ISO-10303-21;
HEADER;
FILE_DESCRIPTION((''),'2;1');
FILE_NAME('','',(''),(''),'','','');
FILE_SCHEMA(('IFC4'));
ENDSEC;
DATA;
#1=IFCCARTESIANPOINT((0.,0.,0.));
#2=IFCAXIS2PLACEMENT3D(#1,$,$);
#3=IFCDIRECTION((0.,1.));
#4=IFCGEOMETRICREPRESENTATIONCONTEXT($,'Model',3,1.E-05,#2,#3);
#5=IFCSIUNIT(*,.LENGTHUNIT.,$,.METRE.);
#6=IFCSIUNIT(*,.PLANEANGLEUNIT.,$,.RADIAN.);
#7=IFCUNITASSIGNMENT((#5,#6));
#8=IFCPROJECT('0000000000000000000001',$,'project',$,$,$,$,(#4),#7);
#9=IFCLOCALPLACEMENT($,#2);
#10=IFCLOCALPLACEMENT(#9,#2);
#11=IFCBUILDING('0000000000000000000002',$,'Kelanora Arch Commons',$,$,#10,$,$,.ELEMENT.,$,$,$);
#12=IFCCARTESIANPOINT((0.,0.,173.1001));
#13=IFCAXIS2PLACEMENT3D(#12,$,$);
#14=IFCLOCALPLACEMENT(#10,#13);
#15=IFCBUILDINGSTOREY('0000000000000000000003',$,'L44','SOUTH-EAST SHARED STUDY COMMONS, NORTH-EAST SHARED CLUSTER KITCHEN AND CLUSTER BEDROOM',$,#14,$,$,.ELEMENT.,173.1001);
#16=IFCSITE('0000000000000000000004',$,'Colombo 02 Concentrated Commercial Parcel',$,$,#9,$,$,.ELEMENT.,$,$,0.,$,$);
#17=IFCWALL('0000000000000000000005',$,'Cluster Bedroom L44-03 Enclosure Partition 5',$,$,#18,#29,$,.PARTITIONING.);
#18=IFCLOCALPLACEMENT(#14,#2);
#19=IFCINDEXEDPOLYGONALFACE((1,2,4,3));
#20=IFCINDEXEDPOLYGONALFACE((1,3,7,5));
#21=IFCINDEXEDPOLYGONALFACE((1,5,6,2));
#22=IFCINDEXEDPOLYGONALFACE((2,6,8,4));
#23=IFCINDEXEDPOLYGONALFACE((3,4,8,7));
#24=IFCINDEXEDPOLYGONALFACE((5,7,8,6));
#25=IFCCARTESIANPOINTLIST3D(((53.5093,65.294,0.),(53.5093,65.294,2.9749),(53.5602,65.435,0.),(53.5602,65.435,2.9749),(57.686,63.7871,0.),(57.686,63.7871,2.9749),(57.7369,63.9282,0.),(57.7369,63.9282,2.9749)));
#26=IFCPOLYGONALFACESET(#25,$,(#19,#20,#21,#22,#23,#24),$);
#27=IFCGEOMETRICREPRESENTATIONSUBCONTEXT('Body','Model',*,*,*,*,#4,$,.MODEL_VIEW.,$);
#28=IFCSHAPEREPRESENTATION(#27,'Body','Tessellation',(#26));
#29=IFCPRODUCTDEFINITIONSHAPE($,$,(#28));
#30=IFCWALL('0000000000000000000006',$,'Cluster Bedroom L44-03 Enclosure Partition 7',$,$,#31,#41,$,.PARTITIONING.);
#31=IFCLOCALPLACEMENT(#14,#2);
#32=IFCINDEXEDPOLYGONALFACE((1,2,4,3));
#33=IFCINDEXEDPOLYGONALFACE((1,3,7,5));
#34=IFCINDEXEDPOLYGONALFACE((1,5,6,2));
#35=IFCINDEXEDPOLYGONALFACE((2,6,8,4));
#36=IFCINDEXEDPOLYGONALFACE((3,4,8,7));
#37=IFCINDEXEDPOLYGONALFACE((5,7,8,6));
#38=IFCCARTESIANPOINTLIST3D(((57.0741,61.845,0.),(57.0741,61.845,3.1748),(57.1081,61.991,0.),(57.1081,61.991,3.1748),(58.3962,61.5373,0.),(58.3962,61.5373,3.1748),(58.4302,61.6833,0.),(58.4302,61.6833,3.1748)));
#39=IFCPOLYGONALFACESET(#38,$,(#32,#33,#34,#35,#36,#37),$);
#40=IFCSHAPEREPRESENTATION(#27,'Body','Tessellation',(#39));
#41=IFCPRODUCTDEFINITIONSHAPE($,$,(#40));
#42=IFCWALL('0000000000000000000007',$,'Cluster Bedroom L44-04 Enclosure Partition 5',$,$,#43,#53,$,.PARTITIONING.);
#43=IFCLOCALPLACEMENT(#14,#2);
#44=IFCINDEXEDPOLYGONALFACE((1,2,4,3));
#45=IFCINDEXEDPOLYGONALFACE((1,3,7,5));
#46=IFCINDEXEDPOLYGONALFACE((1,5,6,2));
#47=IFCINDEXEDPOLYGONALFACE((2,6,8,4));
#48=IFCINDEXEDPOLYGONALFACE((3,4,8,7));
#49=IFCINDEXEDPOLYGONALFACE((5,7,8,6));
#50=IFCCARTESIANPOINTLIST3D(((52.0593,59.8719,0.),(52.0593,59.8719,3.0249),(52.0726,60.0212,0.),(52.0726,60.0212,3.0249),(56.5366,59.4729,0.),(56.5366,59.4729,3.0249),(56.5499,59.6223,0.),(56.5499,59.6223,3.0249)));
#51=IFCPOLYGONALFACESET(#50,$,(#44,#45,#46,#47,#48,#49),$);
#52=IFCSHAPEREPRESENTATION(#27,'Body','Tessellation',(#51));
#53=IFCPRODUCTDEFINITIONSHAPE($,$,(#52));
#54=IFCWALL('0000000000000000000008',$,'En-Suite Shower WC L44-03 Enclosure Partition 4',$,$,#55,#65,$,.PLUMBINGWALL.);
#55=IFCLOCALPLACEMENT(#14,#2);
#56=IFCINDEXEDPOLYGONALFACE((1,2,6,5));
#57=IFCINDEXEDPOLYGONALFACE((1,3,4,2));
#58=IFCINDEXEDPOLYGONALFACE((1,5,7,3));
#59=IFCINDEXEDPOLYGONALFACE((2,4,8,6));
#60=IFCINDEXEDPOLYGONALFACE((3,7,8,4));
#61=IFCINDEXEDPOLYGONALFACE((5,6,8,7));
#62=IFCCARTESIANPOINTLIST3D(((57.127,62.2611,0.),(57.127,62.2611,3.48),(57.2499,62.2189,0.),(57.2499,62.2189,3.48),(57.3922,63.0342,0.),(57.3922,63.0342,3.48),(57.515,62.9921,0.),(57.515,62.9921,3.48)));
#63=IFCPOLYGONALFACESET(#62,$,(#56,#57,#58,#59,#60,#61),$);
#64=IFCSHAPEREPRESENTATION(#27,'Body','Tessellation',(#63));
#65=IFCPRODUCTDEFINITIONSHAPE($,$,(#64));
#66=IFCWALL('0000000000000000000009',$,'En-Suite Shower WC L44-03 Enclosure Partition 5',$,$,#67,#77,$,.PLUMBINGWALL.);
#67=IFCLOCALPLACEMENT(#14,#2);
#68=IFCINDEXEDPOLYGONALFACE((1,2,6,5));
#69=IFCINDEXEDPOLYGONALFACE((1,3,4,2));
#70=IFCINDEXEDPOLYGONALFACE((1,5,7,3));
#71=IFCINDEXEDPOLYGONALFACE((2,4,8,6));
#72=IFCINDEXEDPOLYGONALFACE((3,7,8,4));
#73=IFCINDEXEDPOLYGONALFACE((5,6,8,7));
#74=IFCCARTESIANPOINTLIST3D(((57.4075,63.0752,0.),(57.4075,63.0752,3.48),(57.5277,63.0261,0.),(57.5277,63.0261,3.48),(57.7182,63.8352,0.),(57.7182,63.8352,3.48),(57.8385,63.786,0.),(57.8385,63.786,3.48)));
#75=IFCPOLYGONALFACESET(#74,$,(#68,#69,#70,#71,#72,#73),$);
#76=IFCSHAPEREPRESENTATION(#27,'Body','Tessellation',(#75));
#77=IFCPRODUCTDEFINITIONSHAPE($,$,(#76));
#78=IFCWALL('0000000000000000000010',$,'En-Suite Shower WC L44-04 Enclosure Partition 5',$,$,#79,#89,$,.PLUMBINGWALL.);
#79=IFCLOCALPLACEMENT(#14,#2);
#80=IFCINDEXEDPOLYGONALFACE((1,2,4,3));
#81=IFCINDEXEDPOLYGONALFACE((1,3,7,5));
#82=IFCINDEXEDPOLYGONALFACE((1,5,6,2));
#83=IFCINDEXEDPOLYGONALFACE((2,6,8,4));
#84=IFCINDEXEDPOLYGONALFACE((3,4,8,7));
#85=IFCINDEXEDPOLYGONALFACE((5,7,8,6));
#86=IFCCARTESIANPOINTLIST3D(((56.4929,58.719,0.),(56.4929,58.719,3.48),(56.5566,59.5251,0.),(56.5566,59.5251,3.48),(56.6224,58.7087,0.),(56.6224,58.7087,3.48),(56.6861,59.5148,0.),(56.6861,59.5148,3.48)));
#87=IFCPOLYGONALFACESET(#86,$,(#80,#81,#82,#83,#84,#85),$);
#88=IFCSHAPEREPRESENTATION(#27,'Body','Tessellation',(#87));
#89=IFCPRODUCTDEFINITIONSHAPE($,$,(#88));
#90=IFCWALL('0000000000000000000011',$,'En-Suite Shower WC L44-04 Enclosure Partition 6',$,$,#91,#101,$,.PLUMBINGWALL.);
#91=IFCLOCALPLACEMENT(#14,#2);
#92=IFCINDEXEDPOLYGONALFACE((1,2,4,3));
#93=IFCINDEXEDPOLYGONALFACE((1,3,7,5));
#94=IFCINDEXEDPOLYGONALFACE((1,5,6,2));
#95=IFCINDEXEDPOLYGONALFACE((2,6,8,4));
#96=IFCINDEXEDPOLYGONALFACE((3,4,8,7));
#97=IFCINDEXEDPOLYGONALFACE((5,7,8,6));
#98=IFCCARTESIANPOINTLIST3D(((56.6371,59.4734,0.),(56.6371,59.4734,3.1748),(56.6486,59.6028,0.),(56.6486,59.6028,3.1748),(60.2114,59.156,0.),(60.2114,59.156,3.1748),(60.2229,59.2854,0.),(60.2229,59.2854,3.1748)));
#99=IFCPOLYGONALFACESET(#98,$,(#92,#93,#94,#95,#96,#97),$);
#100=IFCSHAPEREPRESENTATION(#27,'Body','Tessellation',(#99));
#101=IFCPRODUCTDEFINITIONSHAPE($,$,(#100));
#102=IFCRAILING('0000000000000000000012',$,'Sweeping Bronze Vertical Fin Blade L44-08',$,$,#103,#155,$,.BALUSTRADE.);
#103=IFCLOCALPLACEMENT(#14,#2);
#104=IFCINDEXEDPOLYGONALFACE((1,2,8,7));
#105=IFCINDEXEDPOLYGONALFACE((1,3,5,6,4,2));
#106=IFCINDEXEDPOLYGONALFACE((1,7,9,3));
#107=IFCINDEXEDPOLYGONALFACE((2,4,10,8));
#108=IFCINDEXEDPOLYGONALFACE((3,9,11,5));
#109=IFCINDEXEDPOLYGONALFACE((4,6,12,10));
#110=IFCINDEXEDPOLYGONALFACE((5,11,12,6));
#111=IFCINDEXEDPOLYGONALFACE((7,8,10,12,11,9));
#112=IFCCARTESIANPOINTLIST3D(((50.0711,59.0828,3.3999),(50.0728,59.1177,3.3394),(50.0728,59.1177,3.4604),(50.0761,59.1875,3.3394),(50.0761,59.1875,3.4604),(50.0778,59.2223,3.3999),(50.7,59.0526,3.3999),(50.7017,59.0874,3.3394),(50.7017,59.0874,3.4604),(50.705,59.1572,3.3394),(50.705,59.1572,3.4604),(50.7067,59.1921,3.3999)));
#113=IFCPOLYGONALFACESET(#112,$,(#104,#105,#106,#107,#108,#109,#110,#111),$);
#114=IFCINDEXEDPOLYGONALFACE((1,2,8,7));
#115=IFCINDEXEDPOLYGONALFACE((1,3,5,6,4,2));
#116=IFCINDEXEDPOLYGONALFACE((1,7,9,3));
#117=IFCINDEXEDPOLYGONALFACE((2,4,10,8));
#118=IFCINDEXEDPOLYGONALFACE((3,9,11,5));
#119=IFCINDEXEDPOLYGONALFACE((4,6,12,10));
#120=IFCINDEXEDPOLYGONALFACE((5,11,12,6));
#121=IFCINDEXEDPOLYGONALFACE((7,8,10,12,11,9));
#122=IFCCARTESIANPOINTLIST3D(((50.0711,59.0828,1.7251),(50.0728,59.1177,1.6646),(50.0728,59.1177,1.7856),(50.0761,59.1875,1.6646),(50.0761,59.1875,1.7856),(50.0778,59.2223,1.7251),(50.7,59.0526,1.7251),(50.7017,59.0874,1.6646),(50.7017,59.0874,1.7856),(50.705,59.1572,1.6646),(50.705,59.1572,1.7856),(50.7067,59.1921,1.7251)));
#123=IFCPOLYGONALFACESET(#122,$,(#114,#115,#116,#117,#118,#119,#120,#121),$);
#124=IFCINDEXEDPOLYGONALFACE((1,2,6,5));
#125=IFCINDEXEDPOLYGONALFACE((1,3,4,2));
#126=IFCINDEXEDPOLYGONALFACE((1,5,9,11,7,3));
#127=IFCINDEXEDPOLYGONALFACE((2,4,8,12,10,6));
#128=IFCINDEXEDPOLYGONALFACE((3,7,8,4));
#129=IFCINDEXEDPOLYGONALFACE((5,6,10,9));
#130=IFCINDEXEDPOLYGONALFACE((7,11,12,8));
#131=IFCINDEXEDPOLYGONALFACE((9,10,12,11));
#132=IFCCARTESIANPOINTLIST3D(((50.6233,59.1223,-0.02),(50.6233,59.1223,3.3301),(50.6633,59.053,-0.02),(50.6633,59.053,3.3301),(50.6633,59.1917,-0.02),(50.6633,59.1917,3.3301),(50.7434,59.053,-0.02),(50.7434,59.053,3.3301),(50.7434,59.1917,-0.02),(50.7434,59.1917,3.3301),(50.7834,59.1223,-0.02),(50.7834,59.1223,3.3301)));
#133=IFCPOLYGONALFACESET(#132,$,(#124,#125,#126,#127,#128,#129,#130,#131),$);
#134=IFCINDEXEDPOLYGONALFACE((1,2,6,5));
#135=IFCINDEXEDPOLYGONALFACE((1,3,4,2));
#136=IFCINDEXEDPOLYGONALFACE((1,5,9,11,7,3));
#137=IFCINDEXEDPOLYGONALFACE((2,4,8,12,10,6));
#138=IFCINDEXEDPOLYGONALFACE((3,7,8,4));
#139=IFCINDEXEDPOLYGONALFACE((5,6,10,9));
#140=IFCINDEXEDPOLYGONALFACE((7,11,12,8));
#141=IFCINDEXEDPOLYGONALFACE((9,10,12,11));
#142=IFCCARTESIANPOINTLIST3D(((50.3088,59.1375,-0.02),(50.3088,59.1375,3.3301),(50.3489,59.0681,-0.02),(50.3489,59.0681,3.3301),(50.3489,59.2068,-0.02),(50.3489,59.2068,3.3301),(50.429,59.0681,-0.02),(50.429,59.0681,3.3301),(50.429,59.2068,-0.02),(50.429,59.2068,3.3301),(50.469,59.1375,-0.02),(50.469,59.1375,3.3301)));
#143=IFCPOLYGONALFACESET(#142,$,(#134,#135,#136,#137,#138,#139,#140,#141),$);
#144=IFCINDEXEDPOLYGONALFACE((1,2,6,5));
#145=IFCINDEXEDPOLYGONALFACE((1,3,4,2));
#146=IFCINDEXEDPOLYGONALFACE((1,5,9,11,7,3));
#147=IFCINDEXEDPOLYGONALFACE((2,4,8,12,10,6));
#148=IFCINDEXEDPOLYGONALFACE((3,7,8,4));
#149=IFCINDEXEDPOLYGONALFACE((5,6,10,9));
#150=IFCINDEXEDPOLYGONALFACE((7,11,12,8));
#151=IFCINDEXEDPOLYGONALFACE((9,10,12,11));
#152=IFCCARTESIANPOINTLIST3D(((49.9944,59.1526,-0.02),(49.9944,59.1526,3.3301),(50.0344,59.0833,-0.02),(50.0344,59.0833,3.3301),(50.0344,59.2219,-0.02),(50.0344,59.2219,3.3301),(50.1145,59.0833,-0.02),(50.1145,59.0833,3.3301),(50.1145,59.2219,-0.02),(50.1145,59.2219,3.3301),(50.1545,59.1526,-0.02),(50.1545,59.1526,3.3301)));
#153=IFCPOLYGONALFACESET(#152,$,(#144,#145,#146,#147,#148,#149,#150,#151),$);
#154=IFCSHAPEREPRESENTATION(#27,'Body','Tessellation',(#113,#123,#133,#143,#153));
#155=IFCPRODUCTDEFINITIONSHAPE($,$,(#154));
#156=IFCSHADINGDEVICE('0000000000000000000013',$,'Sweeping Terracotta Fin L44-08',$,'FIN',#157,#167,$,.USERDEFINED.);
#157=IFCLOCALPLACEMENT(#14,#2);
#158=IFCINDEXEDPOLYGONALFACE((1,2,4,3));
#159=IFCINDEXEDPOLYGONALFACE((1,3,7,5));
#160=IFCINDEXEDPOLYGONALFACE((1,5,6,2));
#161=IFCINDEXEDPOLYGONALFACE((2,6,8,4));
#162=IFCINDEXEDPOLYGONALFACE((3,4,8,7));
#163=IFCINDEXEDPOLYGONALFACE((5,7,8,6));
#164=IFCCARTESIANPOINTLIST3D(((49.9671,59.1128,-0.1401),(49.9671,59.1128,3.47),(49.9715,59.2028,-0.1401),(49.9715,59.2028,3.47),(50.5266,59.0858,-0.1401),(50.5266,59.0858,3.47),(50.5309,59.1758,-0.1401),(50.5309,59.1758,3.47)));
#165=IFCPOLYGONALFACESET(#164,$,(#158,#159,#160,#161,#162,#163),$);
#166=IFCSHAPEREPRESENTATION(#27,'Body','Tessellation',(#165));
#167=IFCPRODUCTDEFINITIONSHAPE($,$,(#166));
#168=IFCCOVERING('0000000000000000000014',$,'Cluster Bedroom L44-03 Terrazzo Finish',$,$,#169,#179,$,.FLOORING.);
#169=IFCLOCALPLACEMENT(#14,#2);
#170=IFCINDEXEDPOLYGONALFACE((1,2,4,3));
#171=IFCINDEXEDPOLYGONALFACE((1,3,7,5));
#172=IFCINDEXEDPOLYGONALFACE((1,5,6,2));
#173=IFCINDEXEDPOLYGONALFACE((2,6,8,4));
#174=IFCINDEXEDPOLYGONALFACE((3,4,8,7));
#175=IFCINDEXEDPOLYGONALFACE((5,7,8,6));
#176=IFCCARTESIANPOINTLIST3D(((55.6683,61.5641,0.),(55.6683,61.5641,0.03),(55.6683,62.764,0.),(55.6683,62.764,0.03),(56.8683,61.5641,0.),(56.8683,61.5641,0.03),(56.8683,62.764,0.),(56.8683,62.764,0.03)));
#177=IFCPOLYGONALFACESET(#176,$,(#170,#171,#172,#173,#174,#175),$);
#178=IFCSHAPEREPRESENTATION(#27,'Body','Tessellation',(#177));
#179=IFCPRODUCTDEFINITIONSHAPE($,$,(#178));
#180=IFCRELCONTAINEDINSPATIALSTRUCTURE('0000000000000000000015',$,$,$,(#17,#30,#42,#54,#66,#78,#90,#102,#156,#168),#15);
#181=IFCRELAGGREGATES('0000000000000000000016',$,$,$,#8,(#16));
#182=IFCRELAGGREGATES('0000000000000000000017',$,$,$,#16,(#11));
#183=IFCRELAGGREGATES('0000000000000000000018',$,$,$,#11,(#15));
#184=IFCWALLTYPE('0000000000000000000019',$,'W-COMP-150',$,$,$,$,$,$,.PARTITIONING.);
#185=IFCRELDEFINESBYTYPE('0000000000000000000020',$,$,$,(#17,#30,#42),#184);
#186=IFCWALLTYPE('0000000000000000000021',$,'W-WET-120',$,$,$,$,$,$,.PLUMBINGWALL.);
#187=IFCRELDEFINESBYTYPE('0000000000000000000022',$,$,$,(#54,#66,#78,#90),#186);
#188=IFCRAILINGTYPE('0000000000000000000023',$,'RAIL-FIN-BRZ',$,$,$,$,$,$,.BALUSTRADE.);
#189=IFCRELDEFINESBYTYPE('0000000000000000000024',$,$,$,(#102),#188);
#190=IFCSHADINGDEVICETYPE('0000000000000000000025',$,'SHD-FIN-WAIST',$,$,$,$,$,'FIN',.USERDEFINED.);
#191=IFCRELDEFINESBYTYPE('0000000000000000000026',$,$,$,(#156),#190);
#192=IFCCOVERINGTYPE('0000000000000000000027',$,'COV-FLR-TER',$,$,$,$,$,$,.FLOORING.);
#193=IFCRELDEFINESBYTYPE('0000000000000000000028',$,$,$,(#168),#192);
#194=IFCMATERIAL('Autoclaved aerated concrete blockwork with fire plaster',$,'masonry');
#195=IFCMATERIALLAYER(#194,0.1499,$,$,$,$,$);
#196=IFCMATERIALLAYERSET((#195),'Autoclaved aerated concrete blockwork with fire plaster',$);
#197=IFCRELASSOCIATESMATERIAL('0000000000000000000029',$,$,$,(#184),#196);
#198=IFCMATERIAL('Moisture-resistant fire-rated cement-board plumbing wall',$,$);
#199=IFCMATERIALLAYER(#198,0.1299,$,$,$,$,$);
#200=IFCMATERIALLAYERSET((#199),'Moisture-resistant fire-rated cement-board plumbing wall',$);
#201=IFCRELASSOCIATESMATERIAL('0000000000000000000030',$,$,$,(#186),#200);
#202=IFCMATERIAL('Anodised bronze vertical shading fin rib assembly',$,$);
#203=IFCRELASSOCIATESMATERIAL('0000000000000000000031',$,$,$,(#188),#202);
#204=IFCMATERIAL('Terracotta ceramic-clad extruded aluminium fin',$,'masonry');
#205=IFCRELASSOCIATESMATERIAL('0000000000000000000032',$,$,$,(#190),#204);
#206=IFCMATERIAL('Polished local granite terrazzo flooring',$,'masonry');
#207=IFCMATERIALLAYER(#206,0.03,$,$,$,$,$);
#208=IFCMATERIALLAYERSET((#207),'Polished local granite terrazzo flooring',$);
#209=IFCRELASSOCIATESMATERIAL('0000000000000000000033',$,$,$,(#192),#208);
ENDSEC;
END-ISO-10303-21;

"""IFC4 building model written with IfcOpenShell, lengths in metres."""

from ifc_helpers import new_model, si_unit, direction, frame, frame_2d, origin, origin_2d, place, context, subcontext, project, spatial, polyline, rectangle, outline, extrude, source, transform, mapped, material, layer, layer_set, type_object, element, save


model = new_model("IFC4")

# Units and contexts
model_context = context("Model", 3, precision=1e-05, world=origin(), true_north=direction((0.0, 1.0)))
body_context = subcontext(model_context, "Body", "Model", "MODEL_VIEW")
ifc_project = project(units=[si_unit("LENGTHUNIT", "METRE"), si_unit("PLANEANGLEUNIT", "RADIAN")], contexts=[model_context])

# Site, building, storey
site_placement = place(None, origin())
site = spatial("IfcSite", under=ifc_project, at=site_placement, Name="Colombo 02 Concentrated Commercial Parcel", CompositionType="ELEMENT", RefElevation=0.0)
building_placement = place(site_placement, origin())
building = spatial("IfcBuilding", under=site, at=building_placement, Name="Kelanora Arch Commons", CompositionType="ELEMENT")
storey_placement = place(building_placement, frame((0.0, 0.0, 173.1001)))
storey = spatial("IfcBuildingStorey", under=building, at=storey_placement, Name="L44", Description="SOUTH-EAST SHARED STUDY COMMONS, NORTH-EAST SHARED CLUSTER KITCHEN AND CLUSTER BEDROOM", CompositionType="ELEMENT", Elevation=173.1001)

# Walls
ifc_material_1 = material(Name="Autoclaved aerated concrete blockwork with fire plaster", Category="masonry")
ifc_layer_1 = layer(ifc_material_1, 0.1499)
ifc_layer_set_1 = layer_set([ifc_layer_1], Name="Autoclaved aerated concrete blockwork with fire plaster")
wall_type_1 = type_object("IfcWallType", Name="W-COMP-150", PredefinedType="PARTITIONING", material=ifc_layer_set_1)
wall_1_placement = place(storey_placement, frame((53.5347, 65.3645, 0.0), z_axis=(0.0, 0.0, 1.0), x_axis=(0.940657, -0.339358, 0.0)))
element("IfcWall", 1, at=wall_1_placement, inside=storey, type_object=wall_type_1, Name="Cluster Bedroom L44-03 Enclosure Partition 5", PredefinedType="PARTITIONING", context=body_context, shape_type="SweptSolid", body=[
    extrude(rectangle(XDim=4.4402, YDim=0.1499, at=frame_2d((2.2202, 0.0))), origin(), (0.0, 0.0, 1.0), 2.9749),
])
wall_2_placement = place(storey_placement, frame((57.0911, 61.918, 0.0), z_axis=(0.0, 0.0, 1.0), x_axis=(0.97398, -0.226633, 0.0)))
element("IfcWall", 2, at=wall_2_placement, inside=storey, type_object=wall_type_1, Name="Cluster Bedroom L44-03 Enclosure Partition 7", PredefinedType="PARTITIONING", context=body_context, shape_type="SweptSolid", body=[
    extrude(rectangle(XDim=1.3574, YDim=0.1499, at=frame_2d((0.6787, 0.0))), origin(), (0.0, 0.0, 1.0), 3.1748),
])
wall_3_placement = place(storey_placement, frame((52.0659, 59.9465, 0.0), z_axis=(0.0, 0.0, 1.0), x_axis=(0.996054, -0.088748, 0.0)))
element("IfcWall", 3, at=wall_3_placement, inside=storey, type_object=wall_type_1, Name="Cluster Bedroom L44-04 Enclosure Partition 5", PredefinedType="PARTITIONING", context=body_context, shape_type="SweptSolid", body=[
    extrude(rectangle(XDim=4.4951, YDim=0.1499, at=frame_2d((2.2476, 0.0))), origin(), (0.0, 0.0, 1.0), 3.0249),
])
ifc_material_2 = material(Name="Moisture-resistant fire-rated cement-board plumbing wall")
ifc_layer_2 = layer(ifc_material_2, 0.1299)
ifc_layer_set_2 = layer_set([ifc_layer_2], Name="Moisture-resistant fire-rated cement-board plumbing wall")
wall_type_2 = type_object("IfcWallType", Name="W-WET-120", PredefinedType="PLUMBINGWALL", material=ifc_layer_set_2)
wall_4_placement = place(storey_placement, frame((57.1885, 62.24, 0.0), z_axis=(0.0, 0.0, 1.0), x_axis=(0.32437, 0.94593, 0.0)))
element("IfcWall", 4, at=wall_4_placement, inside=storey, type_object=wall_type_2, Name="En-Suite Shower WC L44-03 Enclosure Partition 4", PredefinedType="PLUMBINGWALL", context=body_context, shape_type="SweptSolid", body=[
    extrude(rectangle(XDim=0.8174, YDim=0.1299, at=frame_2d((0.4087, 0.0))), origin(), (0.0, 0.0, 1.0), 3.48),
])
wall_5_placement = place(storey_placement, frame((57.4675, 63.0505, 0.0), z_axis=(0.0, 0.0, 1.0), x_axis=(0.378505, 0.925599, 0.0)))
element("IfcWall", 5, at=wall_5_placement, inside=storey, type_object=wall_type_2, Name="En-Suite Shower WC L44-03 Enclosure Partition 5", PredefinedType="PLUMBINGWALL", context=body_context, shape_type="SweptSolid", body=[
    extrude(rectangle(XDim=0.821, YDim=0.1299, at=frame_2d((0.4106, 0.0))), origin(), (0.0, 0.0, 1.0), 3.48),
])
wall_6_placement = place(storey_placement, frame((56.5576, 58.7139, 0.0), z_axis=(0.0, 0.0, 1.0), x_axis=(0.078797, 0.996891, 0.0)))
element("IfcWall", 6, at=wall_6_placement, inside=storey, type_object=wall_type_2, Name="En-Suite Shower WC L44-04 Enclosure Partition 5", PredefinedType="PLUMBINGWALL", context=body_context, shape_type="SweptSolid", body=[
    extrude(rectangle(XDim=0.8086, YDim=0.1299, at=frame_2d((0.4043, 0.0))), origin(), (0.0, 0.0, 1.0), 3.48),
])
wall_7_placement = place(storey_placement, frame((56.6428, 59.5381, 0.0), z_axis=(0.0, 0.0, 1.0), x_axis=(0.996081, -0.08845, 0.0)))
element("IfcWall", 7, at=wall_7_placement, inside=storey, type_object=wall_type_2, Name="En-Suite Shower WC L44-04 Enclosure Partition 6", PredefinedType="PLUMBINGWALL", context=body_context, shape_type="SweptSolid", body=[
    extrude(rectangle(XDim=3.5884, YDim=0.1299, at=frame_2d((1.7942, 0.0))), origin(), (0.0, 0.0, 1.0), 3.1748),
])

# Railing
ifc_material_3 = material(Name="Anodised bronze vertical shading fin rib assembly")
railing_type = type_object("IfcRailingType", Name="RAIL-FIN-BRZ", PredefinedType="BALUSTRADE", material=ifc_material_3)
railing_placement = place(storey_placement, frame((50.7034, 59.1223, -0.02)))
element("IfcRailing", 8, at=railing_placement, inside=storey, type_object=railing_type, Name="Sweeping Bronze Vertical Fin Blade L44-08", PredefinedType="BALUSTRADE", context=body_context, shape_type="SweptSolid", body=[
    extrude(outline(polyline([(0.0698, 0.0), (0.0349, 0.0605), (-0.0349, 0.0605), (-0.0698, 0.0), (-0.0349, -0.0605), (0.0349, -0.0605), (0.0698, 0.0)])), frame((0.0, 0.0, 3.4199), z_axis=(-0.998843, 0.048081, 0.0), x_axis=(-0.048081, -0.998843, 0.0)), (0.0, 0.0, 1.0), 0.6296),
    extrude(outline(polyline([(0.0698, 0.0), (0.0349, 0.0605), (-0.0349, 0.0605), (-0.0698, 0.0), (-0.0349, -0.0605), (0.0349, -0.0605), (0.0698, 0.0)])), frame((0.0, 0.0, 1.7451), z_axis=(-0.998843, 0.048081, 0.0), x_axis=(-0.048081, -0.998843, 0.0)), (0.0, 0.0, 1.0), 0.6296),
    extrude(outline(polyline([(0.0801, 0.0), (0.04, 0.0693), (-0.04, 0.0693), (-0.0801, 0.0), (-0.04, -0.0693), (0.04, -0.0693), (0.0801, 0.0)])), origin(), (0.0, 0.0, 1.0), 3.3501),
    extrude(outline(polyline([(0.0801, 0.0), (0.04, 0.0693), (-0.04, 0.0693), (-0.0801, 0.0), (-0.04, -0.0693), (0.04, -0.0693), (0.0801, 0.0)])), frame((-0.3145, 0.0151, 0.0)), (0.0, 0.0, 1.0), 3.3501),
    extrude(outline(polyline([(0.0801, 0.0), (0.04, 0.0693), (-0.04, 0.0693), (-0.0801, 0.0), (-0.04, -0.0693), (0.04, -0.0693), (0.0801, 0.0)])), frame((-0.6289, 0.0303, 0.0)), (0.0, 0.0, 1.0), 3.3501),
])

# Shading device
ifc_material_4 = material(Name="Terracotta ceramic-clad extruded aluminium fin", Category="masonry")
shading_device_type = type_object("IfcShadingDeviceType", Name="SHD-FIN-WAIST", ElementType="FIN", PredefinedType="USERDEFINED", material=ifc_material_4)
shared_shape_1 = source(origin(), body_context, "Body", "SweptSolid", [
    extrude(rectangle(XDim=0.5601, YDim=0.0901, at=origin_2d()), origin(), (0.0, 0.0, 1.0), 3.6101),
])
shading_device_placement = place(storey_placement, frame((50.249, 59.1443, -0.1401), z_axis=(0.0, 0.0, 1.0), x_axis=(-0.99884, 0.048152, 0.0)))
element("IfcShadingDevice", 9, at=shading_device_placement, inside=storey, type_object=shading_device_type, Name="Sweeping Terracotta Fin L44-08", ObjectType="FIN", PredefinedType="USERDEFINED", context=body_context, shape_type="MappedRepresentation", body=[
    mapped(shared_shape_1, transform((0.0, 0.0, 0.0), scale=1.0)),
])

# Covering
ifc_material_5 = material(Name="Polished local granite terrazzo flooring", Category="masonry")
ifc_layer_3 = layer(ifc_material_5, 0.03)
ifc_layer_set_3 = layer_set([ifc_layer_3], Name="Polished local granite terrazzo flooring")
covering_type = type_object("IfcCoveringType", Name="COV-FLR-TER", PredefinedType="FLOORING", material=ifc_layer_set_3)
shared_shape_2 = source(origin(), body_context, "Body", "SweptSolid", [
    extrude(rectangle(XDim=1.2, YDim=1.2, at=origin_2d()), origin(), (0.0, 0.0, 1.0), 0.03),
])
covering_placement = place(storey_placement, frame((56.2683, 62.1641, 0.0), z_axis=(0.0, 0.0, 1.0), x_axis=(1.0, 0.0, 0.0)))
element("IfcCovering", 10, at=covering_placement, inside=storey, type_object=covering_type, Name="Cluster Bedroom L44-03 Terrazzo Finish", PredefinedType="FLOORING", context=body_context, shape_type="MappedRepresentation", body=[
    mapped(shared_shape_2, transform((0.0, 0.0, 0.0), scale=1.0)),
])

save(model, "model.ifc")
